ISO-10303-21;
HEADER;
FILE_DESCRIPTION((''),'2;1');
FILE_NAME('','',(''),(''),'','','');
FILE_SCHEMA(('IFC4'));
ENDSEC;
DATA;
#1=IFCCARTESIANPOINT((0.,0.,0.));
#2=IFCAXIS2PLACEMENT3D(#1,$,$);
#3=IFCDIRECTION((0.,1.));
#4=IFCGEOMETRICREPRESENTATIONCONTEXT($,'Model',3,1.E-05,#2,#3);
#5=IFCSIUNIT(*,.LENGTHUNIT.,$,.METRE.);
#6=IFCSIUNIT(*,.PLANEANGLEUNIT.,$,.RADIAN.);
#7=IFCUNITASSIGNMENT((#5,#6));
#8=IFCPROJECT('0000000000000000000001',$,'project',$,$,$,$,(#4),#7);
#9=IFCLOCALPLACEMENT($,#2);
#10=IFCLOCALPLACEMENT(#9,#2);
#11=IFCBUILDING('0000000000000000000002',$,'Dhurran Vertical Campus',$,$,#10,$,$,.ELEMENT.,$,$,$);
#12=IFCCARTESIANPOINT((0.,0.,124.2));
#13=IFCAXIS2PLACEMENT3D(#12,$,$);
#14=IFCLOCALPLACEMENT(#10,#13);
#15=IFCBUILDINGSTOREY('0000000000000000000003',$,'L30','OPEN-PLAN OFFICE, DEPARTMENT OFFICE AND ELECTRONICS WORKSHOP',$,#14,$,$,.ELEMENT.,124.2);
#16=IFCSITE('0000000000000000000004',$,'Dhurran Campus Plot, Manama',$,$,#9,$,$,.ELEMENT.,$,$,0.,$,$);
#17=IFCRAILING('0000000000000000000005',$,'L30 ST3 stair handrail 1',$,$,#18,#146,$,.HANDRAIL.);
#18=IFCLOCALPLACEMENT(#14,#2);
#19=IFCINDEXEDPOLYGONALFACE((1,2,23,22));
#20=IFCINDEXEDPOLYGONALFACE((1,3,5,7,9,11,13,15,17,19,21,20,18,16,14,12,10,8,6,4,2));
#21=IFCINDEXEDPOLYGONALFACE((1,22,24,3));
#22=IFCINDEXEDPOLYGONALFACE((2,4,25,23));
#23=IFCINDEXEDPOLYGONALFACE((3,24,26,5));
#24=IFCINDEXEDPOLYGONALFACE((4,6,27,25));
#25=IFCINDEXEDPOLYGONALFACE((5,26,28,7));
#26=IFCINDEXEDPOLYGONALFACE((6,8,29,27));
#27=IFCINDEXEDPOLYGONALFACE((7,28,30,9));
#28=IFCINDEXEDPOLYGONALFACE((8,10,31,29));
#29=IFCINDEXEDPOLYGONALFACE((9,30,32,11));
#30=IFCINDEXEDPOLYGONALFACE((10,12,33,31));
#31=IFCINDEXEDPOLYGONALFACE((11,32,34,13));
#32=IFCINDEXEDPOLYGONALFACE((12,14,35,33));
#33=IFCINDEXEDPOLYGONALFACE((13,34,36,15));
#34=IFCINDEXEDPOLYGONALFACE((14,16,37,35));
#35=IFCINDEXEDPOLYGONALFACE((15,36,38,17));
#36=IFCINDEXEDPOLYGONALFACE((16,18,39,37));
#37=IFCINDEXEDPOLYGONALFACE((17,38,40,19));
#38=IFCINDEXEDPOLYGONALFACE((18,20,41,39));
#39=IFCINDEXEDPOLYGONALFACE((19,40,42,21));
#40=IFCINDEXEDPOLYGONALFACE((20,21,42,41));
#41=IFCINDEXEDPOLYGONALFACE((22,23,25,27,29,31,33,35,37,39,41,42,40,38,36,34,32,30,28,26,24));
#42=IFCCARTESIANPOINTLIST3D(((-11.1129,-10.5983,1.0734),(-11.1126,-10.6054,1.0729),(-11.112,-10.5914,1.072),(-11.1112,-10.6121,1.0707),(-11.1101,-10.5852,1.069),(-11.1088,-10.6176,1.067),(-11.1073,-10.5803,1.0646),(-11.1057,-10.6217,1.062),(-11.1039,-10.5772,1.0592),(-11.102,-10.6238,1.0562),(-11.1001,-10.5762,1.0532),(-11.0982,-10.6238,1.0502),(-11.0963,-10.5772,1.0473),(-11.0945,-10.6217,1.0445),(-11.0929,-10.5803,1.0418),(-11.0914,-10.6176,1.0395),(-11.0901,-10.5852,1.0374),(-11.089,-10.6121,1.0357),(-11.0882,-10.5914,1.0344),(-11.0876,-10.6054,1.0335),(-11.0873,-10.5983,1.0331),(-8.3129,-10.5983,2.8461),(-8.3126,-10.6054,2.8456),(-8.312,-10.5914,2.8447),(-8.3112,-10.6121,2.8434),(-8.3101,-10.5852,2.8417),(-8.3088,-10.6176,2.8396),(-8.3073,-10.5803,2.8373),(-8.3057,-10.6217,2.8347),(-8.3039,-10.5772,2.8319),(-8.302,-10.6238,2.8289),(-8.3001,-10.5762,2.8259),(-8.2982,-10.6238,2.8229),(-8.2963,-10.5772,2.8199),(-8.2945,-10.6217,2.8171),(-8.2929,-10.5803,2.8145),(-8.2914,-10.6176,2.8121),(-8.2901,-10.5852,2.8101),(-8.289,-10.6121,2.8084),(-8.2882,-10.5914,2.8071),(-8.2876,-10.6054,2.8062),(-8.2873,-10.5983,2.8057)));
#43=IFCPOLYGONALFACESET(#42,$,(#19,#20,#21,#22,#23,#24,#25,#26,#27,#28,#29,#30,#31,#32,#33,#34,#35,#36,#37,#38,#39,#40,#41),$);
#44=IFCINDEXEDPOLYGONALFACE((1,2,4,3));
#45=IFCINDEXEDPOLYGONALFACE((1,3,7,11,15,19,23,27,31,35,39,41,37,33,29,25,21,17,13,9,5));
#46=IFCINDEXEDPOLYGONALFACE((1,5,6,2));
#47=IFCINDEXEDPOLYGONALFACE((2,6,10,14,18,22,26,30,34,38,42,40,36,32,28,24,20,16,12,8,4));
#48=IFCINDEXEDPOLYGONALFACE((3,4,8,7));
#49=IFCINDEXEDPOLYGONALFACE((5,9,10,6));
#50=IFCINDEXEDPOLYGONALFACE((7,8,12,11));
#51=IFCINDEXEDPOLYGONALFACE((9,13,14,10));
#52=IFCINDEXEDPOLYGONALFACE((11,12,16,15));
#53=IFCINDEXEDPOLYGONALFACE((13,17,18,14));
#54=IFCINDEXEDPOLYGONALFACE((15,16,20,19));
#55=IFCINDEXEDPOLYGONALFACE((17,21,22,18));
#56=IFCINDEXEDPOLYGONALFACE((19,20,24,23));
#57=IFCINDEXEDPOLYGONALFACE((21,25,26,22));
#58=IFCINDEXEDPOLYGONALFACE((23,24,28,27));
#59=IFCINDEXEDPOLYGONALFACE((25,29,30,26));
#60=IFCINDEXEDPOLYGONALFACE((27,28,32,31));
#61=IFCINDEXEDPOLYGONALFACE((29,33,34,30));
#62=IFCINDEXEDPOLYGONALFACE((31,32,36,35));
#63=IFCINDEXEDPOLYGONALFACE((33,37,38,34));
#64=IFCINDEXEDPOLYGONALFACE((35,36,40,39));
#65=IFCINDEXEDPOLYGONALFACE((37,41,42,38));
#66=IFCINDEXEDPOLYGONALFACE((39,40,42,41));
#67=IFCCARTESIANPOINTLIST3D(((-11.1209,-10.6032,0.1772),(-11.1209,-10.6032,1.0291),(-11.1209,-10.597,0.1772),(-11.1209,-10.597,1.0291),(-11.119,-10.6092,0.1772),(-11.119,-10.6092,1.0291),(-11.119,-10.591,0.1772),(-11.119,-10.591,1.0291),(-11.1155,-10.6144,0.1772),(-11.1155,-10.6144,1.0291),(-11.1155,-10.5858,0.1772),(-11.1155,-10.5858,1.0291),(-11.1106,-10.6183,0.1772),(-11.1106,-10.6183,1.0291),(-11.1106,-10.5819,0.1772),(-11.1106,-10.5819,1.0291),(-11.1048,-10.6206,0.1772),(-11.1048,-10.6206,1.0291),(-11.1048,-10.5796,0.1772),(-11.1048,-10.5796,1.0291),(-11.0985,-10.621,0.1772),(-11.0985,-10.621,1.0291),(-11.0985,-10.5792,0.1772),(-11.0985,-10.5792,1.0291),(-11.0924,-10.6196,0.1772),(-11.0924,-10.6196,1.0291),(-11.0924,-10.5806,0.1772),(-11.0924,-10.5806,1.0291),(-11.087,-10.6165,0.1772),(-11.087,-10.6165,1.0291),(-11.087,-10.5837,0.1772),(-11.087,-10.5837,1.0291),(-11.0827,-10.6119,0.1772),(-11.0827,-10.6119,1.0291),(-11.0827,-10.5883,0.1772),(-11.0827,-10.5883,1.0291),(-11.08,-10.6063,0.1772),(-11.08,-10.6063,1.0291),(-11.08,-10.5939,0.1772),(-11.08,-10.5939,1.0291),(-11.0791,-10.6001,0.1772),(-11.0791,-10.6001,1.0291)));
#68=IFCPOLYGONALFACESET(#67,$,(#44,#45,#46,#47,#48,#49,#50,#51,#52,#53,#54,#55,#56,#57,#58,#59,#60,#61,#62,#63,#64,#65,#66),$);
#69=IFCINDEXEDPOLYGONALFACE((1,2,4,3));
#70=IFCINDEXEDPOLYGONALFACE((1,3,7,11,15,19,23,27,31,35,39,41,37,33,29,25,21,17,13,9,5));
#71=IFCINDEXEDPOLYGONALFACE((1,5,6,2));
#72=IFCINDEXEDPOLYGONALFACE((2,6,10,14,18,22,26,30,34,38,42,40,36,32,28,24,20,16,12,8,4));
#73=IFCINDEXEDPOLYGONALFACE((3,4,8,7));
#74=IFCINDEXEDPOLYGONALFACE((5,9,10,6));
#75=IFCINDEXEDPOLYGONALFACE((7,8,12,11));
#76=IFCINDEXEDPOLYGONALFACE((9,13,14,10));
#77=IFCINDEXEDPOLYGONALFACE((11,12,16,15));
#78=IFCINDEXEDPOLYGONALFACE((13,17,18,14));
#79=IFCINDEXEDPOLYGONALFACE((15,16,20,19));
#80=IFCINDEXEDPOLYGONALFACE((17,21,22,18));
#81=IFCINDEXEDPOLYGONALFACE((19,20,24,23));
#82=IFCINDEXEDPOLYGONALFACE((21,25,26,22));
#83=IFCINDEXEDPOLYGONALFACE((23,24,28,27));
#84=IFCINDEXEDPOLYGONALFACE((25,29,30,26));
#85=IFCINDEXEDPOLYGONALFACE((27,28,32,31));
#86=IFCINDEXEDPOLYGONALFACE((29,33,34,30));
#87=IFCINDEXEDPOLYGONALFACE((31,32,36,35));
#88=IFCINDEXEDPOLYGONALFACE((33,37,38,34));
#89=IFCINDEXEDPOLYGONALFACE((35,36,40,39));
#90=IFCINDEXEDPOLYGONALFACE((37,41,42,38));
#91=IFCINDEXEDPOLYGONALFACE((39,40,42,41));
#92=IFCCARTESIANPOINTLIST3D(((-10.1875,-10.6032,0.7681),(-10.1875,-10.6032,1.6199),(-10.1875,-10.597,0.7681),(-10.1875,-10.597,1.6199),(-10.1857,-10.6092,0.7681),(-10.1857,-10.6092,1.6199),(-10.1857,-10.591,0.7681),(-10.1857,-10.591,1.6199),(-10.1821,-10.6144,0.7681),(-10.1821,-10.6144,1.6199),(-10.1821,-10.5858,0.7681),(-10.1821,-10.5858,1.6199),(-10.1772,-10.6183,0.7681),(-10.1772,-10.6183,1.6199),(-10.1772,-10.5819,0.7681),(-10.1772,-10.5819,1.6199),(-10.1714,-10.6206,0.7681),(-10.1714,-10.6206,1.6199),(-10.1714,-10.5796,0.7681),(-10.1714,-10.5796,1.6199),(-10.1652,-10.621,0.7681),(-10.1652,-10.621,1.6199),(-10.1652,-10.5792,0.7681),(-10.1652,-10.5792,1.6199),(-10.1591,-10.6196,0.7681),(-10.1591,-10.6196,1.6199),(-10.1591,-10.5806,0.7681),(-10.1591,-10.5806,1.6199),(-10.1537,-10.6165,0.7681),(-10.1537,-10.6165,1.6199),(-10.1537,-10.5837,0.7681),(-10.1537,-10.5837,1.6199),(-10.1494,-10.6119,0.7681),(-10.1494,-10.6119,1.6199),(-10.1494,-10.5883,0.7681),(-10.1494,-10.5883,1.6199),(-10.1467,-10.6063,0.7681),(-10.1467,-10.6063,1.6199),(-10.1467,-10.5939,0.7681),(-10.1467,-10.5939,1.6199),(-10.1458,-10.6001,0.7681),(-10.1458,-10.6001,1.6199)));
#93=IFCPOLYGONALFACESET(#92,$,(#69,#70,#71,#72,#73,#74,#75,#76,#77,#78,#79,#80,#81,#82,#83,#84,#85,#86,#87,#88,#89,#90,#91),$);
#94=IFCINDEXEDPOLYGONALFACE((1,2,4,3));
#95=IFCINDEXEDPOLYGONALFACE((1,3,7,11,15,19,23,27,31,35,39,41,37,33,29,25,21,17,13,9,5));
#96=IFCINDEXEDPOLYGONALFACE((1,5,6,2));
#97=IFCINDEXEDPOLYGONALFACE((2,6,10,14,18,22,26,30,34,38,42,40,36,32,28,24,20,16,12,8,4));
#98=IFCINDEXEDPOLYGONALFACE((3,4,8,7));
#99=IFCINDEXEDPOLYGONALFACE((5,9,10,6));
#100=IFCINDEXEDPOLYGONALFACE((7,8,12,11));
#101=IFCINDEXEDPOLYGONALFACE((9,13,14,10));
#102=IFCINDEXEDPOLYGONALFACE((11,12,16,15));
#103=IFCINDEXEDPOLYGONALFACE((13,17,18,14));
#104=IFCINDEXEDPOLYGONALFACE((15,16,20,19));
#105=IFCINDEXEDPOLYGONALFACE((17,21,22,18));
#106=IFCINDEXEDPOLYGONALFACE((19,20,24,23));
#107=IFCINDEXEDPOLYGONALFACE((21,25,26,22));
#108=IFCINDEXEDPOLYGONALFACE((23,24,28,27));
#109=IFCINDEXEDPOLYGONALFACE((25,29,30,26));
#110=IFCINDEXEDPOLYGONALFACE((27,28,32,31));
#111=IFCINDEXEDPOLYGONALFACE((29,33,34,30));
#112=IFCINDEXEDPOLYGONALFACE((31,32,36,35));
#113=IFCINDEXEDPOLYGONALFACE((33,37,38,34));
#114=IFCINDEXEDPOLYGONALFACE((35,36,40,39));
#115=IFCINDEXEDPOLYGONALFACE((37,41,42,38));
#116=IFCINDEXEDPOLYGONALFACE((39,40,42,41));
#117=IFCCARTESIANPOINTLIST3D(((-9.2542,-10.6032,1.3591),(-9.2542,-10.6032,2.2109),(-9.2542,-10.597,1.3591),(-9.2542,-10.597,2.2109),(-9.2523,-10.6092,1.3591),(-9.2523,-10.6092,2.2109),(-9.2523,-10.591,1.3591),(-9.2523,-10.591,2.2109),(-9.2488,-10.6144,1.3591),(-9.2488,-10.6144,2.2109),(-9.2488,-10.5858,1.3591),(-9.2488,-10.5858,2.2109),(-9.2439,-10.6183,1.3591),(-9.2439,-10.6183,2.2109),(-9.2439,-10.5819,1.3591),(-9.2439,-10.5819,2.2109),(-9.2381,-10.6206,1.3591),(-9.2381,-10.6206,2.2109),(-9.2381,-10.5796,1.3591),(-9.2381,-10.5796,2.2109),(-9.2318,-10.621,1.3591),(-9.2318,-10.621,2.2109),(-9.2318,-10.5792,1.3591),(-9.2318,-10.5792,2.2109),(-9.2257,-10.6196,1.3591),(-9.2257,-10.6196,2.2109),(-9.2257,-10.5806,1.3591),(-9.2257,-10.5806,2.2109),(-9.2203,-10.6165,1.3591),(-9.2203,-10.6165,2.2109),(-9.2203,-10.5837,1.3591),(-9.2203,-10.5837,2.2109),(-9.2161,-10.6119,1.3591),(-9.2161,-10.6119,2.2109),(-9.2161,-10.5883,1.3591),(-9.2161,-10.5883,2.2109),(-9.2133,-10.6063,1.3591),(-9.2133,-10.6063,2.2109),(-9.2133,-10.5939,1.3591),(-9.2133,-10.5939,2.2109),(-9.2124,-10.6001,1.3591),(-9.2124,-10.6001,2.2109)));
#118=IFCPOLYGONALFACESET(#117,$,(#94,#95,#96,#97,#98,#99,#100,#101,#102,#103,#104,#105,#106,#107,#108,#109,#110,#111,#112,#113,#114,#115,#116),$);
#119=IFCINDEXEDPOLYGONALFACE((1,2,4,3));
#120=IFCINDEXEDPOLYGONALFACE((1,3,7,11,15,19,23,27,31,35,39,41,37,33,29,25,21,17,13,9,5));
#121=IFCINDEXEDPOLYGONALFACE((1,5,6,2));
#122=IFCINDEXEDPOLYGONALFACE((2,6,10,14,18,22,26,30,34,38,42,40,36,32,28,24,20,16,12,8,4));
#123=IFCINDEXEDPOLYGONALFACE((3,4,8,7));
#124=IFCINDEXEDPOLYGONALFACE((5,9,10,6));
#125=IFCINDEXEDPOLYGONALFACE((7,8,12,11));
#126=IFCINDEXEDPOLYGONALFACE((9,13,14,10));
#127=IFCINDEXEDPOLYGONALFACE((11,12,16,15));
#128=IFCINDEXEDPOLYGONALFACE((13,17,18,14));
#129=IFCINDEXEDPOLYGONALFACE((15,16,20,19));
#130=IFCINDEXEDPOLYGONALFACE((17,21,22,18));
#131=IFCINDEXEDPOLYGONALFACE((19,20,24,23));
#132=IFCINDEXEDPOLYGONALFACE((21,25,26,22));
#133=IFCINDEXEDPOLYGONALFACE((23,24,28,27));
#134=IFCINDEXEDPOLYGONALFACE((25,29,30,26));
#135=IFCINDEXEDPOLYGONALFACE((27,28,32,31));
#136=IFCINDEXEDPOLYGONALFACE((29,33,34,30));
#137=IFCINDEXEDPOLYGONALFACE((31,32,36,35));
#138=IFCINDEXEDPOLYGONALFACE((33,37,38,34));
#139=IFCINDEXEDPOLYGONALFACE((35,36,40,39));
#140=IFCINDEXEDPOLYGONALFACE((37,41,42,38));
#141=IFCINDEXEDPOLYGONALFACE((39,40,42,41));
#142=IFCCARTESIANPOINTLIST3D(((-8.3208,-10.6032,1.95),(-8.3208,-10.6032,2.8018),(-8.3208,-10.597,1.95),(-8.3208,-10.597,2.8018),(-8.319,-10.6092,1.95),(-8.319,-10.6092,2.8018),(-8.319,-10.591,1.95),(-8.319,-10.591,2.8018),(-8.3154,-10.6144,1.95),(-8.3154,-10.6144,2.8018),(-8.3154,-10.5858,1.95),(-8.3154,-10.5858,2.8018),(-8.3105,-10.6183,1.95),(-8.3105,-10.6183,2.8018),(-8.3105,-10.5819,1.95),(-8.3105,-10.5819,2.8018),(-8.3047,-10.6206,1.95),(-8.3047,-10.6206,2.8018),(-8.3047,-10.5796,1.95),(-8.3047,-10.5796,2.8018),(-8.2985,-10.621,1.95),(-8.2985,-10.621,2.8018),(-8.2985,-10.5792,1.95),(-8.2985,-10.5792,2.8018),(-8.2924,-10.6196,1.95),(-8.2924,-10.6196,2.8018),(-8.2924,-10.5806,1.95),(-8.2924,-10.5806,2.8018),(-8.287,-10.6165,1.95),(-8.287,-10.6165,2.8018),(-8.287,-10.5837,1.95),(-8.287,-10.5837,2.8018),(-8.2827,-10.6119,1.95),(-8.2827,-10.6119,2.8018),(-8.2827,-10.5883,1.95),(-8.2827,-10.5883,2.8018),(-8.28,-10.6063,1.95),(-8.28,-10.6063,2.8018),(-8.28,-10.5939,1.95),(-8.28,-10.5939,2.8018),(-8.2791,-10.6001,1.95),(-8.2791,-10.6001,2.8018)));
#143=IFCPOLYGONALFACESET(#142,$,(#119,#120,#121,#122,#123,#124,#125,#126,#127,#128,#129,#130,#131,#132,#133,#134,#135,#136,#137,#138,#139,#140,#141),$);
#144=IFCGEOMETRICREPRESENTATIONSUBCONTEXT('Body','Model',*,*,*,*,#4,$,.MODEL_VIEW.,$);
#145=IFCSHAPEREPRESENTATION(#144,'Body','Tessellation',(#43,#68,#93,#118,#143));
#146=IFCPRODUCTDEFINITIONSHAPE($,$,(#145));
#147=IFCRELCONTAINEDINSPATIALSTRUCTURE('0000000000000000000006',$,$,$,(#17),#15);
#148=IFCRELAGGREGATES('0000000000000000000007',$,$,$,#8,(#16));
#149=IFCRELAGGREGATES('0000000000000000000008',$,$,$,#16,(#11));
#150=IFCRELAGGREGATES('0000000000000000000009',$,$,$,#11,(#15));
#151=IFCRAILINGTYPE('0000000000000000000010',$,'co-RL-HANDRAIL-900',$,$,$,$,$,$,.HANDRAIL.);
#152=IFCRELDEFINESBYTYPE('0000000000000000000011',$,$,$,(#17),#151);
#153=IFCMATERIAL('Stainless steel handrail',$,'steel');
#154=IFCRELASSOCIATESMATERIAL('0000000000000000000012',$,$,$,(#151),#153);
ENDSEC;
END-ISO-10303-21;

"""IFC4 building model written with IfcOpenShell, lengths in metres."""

from ifc_helpers import new_model, si_unit, direction, frame, origin, origin_2d, place, context, subcontext, project, spatial, circle, extrude, material, type_object, element, save


model = new_model("IFC4")

# Units and contexts
model_context = context("Model", 3, precision=1e-05, world=origin(), true_north=direction((0.0, 1.0)))
body_context = subcontext(model_context, "Body", "Model", "MODEL_VIEW")
ifc_project = project(units=[si_unit("LENGTHUNIT", "METRE"), si_unit("PLANEANGLEUNIT", "RADIAN")], contexts=[model_context])

# Site, building, storey
site_placement = place(None, origin())
site = spatial("IfcSite", under=ifc_project, at=site_placement, Name="Dhurran Campus Plot, Manama", CompositionType="ELEMENT", RefElevation=0.0)
building_placement = place(site_placement, origin())
building = spatial("IfcBuilding", under=site, at=building_placement, Name="Dhurran Vertical Campus", CompositionType="ELEMENT")
storey_placement = place(building_placement, frame((0.0, 0.0, 124.2)))
storey = spatial("IfcBuildingStorey", under=building, at=storey_placement, Name="L30", Description="OPEN-PLAN OFFICE, DEPARTMENT OFFICE AND ELECTRONICS WORKSHOP", CompositionType="ELEMENT", Elevation=124.2)

# Railing
ifc_material_1 = material(Name="Stainless steel handrail", Category="steel")
railing_type_1 = type_object("IfcRailingType", Name="co-RL-HANDRAIL-900", PredefinedType="HANDRAIL", material=ifc_material_1)
railing_1_placement = place(storey_placement, frame((-11.1001, -10.6001, 0.1772)))
element("IfcRailing", 1, at=railing_1_placement, inside=storey, type_object=railing_type_1, Name="L30 ST3 stair handrail 1", PredefinedType="HANDRAIL", context=body_context, shape_type="SweptSolid", body=[
    extrude(circle(Radius=0.0239, at=origin_2d()), frame((0.0, 0.0, 0.876), z_axis=(0.844909, 0.0, 0.53491), x_axis=(0.0, 1.0, 0.0)), (0.0, 0.0, 1.0), 3.314),
    extrude(circle(Radius=0.021, at=origin_2d()), origin(), (0.0, 0.0, 1.0), 0.8518),
    extrude(circle(Radius=0.021, at=origin_2d()), frame((0.9333, 0.0, 0.5908)), (0.0, 0.0, 1.0), 0.8518),
    extrude(circle(Radius=0.021, at=origin_2d()), frame((1.8667, 0.0, 1.1819)), (0.0, 0.0, 1.0), 0.8518),
    extrude(circle(Radius=0.021, at=origin_2d()), frame((2.8, 0.0, 1.7727)), (0.0, 0.0, 1.0), 0.8518),
])

save(model, "model.ifc")
